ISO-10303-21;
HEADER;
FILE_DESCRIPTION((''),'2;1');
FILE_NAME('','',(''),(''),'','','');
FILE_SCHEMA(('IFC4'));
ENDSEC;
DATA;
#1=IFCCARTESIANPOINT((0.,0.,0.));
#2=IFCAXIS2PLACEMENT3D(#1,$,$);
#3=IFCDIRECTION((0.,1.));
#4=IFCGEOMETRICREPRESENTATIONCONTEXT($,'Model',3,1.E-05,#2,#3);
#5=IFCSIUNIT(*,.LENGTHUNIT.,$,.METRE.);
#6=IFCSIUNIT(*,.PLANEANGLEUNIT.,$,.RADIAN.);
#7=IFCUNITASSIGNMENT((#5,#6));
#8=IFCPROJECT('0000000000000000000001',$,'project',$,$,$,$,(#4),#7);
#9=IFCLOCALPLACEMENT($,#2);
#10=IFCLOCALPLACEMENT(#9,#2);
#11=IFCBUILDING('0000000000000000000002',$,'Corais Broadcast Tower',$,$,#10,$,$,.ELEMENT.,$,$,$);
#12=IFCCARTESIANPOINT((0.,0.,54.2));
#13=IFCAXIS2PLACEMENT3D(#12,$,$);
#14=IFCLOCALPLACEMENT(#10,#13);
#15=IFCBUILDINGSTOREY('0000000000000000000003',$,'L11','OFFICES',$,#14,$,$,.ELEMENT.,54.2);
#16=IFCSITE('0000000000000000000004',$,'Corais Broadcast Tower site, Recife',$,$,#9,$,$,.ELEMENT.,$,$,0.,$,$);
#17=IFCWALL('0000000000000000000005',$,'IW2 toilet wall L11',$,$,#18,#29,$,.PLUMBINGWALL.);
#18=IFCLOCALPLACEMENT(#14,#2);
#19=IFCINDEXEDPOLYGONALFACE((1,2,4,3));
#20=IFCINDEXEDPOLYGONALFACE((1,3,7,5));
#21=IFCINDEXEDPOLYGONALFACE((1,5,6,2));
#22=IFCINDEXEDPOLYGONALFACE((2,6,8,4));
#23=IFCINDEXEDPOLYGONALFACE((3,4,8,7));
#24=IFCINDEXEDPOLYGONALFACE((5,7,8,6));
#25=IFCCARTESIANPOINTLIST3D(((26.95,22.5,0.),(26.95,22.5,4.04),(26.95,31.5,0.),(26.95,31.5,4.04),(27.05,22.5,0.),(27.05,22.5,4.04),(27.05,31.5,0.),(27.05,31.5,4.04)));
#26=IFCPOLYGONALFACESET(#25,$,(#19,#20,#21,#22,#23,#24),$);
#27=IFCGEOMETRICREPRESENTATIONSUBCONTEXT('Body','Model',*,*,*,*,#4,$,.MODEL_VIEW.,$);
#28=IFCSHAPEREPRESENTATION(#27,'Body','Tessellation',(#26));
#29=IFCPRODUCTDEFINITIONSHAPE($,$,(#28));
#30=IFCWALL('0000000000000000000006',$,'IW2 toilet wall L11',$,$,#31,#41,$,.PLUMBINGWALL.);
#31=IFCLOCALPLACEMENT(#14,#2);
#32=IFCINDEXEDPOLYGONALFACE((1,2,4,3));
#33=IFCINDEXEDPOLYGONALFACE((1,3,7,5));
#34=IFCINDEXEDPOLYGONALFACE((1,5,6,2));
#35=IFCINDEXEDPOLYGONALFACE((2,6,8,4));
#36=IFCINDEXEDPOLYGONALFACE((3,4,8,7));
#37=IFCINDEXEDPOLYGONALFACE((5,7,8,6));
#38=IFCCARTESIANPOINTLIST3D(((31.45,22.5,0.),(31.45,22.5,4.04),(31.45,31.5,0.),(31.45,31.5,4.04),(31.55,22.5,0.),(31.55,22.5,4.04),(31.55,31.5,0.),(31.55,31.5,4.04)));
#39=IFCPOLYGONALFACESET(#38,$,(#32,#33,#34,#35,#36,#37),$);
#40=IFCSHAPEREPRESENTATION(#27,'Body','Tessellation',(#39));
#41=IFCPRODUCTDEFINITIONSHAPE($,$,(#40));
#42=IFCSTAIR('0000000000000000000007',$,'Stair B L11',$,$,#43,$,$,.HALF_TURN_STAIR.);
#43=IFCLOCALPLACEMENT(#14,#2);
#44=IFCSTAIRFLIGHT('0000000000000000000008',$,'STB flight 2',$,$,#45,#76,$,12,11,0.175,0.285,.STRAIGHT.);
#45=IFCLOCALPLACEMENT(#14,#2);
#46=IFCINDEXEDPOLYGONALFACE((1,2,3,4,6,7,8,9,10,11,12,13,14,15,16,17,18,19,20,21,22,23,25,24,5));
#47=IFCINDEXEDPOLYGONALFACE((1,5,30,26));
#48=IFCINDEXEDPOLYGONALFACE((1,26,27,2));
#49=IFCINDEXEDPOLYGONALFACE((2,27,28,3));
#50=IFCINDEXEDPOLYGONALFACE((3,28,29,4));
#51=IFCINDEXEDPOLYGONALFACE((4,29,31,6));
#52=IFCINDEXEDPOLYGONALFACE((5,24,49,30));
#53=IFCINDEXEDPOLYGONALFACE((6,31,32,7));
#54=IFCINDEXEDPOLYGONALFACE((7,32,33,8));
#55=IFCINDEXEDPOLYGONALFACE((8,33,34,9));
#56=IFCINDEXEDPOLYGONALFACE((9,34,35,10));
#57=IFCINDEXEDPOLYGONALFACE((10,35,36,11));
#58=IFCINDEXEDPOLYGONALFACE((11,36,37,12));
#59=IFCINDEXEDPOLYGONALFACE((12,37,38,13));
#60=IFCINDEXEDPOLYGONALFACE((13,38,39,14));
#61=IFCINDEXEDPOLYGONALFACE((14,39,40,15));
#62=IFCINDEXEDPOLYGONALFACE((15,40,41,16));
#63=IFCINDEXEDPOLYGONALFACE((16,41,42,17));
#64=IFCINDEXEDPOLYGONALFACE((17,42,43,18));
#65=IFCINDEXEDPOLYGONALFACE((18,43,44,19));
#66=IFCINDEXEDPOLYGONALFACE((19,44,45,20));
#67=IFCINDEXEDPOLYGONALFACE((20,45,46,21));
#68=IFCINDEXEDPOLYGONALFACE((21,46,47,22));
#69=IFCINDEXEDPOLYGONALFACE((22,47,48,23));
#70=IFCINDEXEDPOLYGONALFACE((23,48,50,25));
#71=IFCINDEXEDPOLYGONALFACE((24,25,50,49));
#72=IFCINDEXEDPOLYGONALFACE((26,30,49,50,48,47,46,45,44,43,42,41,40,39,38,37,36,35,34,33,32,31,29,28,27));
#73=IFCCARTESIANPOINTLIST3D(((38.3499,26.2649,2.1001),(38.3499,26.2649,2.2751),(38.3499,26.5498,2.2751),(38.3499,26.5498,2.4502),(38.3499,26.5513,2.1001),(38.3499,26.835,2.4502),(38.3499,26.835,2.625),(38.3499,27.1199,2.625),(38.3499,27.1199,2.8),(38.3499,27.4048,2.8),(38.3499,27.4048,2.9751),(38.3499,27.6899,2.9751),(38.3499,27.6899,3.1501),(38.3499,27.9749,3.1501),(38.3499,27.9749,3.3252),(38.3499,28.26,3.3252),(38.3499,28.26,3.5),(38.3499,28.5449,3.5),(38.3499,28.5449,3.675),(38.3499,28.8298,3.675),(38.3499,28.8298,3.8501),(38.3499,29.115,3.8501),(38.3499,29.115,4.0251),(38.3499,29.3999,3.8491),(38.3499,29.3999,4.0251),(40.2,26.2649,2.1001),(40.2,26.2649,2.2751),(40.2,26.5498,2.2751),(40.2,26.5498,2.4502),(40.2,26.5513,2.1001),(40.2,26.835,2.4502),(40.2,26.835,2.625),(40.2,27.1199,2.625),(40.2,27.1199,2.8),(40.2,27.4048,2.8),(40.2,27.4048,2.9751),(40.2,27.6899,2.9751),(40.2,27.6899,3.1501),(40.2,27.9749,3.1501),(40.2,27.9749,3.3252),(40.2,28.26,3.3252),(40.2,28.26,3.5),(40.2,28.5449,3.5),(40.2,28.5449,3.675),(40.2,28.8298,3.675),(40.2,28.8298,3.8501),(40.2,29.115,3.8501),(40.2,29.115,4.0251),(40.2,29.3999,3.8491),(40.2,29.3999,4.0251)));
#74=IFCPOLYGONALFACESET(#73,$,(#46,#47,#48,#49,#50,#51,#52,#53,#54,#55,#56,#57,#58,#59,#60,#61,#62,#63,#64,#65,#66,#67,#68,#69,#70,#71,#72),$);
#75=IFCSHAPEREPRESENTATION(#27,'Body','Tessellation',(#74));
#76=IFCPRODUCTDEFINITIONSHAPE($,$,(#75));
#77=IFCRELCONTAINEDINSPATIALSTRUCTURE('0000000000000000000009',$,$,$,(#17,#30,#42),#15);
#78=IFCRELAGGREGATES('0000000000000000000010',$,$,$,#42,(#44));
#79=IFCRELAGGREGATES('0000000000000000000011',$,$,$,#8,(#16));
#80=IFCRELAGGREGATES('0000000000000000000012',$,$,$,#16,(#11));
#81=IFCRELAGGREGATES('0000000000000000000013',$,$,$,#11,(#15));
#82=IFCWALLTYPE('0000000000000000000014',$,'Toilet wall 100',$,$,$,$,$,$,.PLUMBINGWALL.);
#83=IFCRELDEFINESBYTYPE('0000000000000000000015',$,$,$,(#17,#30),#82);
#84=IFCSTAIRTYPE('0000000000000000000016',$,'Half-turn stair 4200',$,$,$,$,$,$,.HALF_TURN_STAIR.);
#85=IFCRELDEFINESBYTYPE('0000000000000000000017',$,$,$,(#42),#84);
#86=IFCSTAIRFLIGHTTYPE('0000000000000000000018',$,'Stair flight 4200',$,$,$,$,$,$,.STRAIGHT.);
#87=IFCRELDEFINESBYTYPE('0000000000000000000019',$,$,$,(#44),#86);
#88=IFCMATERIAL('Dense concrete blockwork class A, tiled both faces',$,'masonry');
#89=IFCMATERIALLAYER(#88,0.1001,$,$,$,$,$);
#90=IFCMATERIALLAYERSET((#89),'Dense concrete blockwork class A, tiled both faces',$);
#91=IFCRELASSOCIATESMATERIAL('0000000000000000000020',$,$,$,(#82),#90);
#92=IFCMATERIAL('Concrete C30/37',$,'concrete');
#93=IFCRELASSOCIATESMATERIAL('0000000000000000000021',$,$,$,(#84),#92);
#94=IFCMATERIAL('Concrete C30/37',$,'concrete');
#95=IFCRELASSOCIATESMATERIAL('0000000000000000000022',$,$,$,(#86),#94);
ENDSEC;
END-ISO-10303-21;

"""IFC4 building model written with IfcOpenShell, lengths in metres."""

from ifc_helpers import new_model, si_unit, direction, frame, frame_2d, origin, place, context, subcontext, project, spatial, polyline, rectangle, outline, extrude, material, layer, layer_set, type_object, element, aggregate, save


model = new_model("IFC4")

# Units and contexts
model_context = context("Model", 3, precision=1e-05, world=origin(), true_north=direction((0.0, 1.0)))
body_context = subcontext(model_context, "Body", "Model", "MODEL_VIEW")
ifc_project = project(units=[si_unit("LENGTHUNIT", "METRE"), si_unit("PLANEANGLEUNIT", "RADIAN")], contexts=[model_context])

# Site, building, storey
site_placement = place(None, origin())
site = spatial("IfcSite", under=ifc_project, at=site_placement, Name="Corais Broadcast Tower site, Recife", CompositionType="ELEMENT", RefElevation=0.0)
building_placement = place(site_placement, origin())
building = spatial("IfcBuilding", under=site, at=building_placement, Name="Corais Broadcast Tower", CompositionType="ELEMENT")
storey_placement = place(building_placement, frame((0.0, 0.0, 54.2)))
storey = spatial("IfcBuildingStorey", under=building, at=storey_placement, Name="L11", Description="OFFICES", CompositionType="ELEMENT", Elevation=54.2)

# Walls
ifc_material_1 = material(Name="Dense concrete blockwork class A, tiled both faces", Category="masonry")
ifc_layer_1 = layer(ifc_material_1, 0.1001)
ifc_layer_set_1 = layer_set([ifc_layer_1], Name="Dense concrete blockwork class A, tiled both faces")
wall_type_1 = type_object("IfcWallType", Name="Toilet wall 100", PredefinedType="PLUMBINGWALL", material=ifc_layer_set_1)
for number, where, z_axis, x_axis, name in (
    (1, (27.0, 22.5, 0.0), (0.0, 0.0, 1.0), (0.0, 1.0, 0.0), "IW2 toilet wall L11"),
    (2, (31.5, 22.5, 0.0), (0.0, 0.0, 1.0), (0.0, 1.0, 0.0), "IW2 toilet wall L11"),
):
    element("IfcWall", number, at=place(storey_placement, frame(where, z_axis=z_axis, x_axis=x_axis)), inside=storey, type_object=wall_type_1, Name=name, PredefinedType="PLUMBINGWALL", context=body_context, shape_type="SweptSolid", body=[
        extrude(rectangle(XDim=9.0, YDim=0.1001, at=frame_2d((4.5, 0.0))), origin(), (0.0, 0.0, 1.0), 4.04),
    ])

# Stair, stair flight
ifc_material_2 = material(Name="Concrete C30/37", Category="concrete")
stair_type = type_object("IfcStairType", Name="Half-turn stair 4200", PredefinedType="HALF_TURN_STAIR", material=ifc_material_2)
stair_placement = place(storey_placement, origin())
stair = element("IfcStair", 3, at=stair_placement, inside=storey, type_object=stair_type, Name="Stair B L11", PredefinedType="HALF_TURN_STAIR")
ifc_material_3 = material(Name="Concrete C30/37", Category="concrete")
stair_flight_type = type_object("IfcStairFlightType", Name="Stair flight 4200", PredefinedType="STRAIGHT", material=ifc_material_3)
stair_flight_placement = place(storey_placement, frame((39.2749, 26.2649, 2.1001), z_axis=(0.0, 0.0, 1.0), x_axis=(0.0, 1.0, 0.0)))
stair_flight = element("IfcStairFlight", 4, at=stair_flight_placement, type_object=stair_flight_type, Name="STB flight 2", NumberOfRisers=12, NumberOfTreads=11, PredefinedType="STRAIGHT", RiserHeight=0.175, TreadLength=0.285, context=body_context, shape_type="SweptSolid", body=[
    extrude(outline(polyline([(0.0, 0.0), (0.0, 0.175), (0.2849, 0.175), (0.2849, 0.3501), (0.5701, 0.3501), (0.5701, 0.5249), (0.855, 0.5249), (0.855, 0.7), (1.1399, 0.7), (1.1399, 0.875), (1.425, 0.875), (1.425, 1.05), (1.71, 1.05), (1.71, 1.2251), (1.9951, 1.2251), (1.9951, 1.3999), (2.28, 1.3999), (2.28, 1.575), (2.5649, 1.575), (2.5649, 1.75), (2.8501, 1.75), (2.8501, 1.925), (3.135, 1.925), (3.135, 2.1001), (3.135, 1.749), (0.2864, 0.0), (0.0, 0.0)])), frame((0.0, 0.925, 0.0), z_axis=(0.0, -1.0, 0.0), x_axis=(1.0, 0.0, 0.0)), (0.0, 0.0, 1.0), 1.8501),
])
aggregate(stair, [stair_flight])

save(model, "model.ifc")
